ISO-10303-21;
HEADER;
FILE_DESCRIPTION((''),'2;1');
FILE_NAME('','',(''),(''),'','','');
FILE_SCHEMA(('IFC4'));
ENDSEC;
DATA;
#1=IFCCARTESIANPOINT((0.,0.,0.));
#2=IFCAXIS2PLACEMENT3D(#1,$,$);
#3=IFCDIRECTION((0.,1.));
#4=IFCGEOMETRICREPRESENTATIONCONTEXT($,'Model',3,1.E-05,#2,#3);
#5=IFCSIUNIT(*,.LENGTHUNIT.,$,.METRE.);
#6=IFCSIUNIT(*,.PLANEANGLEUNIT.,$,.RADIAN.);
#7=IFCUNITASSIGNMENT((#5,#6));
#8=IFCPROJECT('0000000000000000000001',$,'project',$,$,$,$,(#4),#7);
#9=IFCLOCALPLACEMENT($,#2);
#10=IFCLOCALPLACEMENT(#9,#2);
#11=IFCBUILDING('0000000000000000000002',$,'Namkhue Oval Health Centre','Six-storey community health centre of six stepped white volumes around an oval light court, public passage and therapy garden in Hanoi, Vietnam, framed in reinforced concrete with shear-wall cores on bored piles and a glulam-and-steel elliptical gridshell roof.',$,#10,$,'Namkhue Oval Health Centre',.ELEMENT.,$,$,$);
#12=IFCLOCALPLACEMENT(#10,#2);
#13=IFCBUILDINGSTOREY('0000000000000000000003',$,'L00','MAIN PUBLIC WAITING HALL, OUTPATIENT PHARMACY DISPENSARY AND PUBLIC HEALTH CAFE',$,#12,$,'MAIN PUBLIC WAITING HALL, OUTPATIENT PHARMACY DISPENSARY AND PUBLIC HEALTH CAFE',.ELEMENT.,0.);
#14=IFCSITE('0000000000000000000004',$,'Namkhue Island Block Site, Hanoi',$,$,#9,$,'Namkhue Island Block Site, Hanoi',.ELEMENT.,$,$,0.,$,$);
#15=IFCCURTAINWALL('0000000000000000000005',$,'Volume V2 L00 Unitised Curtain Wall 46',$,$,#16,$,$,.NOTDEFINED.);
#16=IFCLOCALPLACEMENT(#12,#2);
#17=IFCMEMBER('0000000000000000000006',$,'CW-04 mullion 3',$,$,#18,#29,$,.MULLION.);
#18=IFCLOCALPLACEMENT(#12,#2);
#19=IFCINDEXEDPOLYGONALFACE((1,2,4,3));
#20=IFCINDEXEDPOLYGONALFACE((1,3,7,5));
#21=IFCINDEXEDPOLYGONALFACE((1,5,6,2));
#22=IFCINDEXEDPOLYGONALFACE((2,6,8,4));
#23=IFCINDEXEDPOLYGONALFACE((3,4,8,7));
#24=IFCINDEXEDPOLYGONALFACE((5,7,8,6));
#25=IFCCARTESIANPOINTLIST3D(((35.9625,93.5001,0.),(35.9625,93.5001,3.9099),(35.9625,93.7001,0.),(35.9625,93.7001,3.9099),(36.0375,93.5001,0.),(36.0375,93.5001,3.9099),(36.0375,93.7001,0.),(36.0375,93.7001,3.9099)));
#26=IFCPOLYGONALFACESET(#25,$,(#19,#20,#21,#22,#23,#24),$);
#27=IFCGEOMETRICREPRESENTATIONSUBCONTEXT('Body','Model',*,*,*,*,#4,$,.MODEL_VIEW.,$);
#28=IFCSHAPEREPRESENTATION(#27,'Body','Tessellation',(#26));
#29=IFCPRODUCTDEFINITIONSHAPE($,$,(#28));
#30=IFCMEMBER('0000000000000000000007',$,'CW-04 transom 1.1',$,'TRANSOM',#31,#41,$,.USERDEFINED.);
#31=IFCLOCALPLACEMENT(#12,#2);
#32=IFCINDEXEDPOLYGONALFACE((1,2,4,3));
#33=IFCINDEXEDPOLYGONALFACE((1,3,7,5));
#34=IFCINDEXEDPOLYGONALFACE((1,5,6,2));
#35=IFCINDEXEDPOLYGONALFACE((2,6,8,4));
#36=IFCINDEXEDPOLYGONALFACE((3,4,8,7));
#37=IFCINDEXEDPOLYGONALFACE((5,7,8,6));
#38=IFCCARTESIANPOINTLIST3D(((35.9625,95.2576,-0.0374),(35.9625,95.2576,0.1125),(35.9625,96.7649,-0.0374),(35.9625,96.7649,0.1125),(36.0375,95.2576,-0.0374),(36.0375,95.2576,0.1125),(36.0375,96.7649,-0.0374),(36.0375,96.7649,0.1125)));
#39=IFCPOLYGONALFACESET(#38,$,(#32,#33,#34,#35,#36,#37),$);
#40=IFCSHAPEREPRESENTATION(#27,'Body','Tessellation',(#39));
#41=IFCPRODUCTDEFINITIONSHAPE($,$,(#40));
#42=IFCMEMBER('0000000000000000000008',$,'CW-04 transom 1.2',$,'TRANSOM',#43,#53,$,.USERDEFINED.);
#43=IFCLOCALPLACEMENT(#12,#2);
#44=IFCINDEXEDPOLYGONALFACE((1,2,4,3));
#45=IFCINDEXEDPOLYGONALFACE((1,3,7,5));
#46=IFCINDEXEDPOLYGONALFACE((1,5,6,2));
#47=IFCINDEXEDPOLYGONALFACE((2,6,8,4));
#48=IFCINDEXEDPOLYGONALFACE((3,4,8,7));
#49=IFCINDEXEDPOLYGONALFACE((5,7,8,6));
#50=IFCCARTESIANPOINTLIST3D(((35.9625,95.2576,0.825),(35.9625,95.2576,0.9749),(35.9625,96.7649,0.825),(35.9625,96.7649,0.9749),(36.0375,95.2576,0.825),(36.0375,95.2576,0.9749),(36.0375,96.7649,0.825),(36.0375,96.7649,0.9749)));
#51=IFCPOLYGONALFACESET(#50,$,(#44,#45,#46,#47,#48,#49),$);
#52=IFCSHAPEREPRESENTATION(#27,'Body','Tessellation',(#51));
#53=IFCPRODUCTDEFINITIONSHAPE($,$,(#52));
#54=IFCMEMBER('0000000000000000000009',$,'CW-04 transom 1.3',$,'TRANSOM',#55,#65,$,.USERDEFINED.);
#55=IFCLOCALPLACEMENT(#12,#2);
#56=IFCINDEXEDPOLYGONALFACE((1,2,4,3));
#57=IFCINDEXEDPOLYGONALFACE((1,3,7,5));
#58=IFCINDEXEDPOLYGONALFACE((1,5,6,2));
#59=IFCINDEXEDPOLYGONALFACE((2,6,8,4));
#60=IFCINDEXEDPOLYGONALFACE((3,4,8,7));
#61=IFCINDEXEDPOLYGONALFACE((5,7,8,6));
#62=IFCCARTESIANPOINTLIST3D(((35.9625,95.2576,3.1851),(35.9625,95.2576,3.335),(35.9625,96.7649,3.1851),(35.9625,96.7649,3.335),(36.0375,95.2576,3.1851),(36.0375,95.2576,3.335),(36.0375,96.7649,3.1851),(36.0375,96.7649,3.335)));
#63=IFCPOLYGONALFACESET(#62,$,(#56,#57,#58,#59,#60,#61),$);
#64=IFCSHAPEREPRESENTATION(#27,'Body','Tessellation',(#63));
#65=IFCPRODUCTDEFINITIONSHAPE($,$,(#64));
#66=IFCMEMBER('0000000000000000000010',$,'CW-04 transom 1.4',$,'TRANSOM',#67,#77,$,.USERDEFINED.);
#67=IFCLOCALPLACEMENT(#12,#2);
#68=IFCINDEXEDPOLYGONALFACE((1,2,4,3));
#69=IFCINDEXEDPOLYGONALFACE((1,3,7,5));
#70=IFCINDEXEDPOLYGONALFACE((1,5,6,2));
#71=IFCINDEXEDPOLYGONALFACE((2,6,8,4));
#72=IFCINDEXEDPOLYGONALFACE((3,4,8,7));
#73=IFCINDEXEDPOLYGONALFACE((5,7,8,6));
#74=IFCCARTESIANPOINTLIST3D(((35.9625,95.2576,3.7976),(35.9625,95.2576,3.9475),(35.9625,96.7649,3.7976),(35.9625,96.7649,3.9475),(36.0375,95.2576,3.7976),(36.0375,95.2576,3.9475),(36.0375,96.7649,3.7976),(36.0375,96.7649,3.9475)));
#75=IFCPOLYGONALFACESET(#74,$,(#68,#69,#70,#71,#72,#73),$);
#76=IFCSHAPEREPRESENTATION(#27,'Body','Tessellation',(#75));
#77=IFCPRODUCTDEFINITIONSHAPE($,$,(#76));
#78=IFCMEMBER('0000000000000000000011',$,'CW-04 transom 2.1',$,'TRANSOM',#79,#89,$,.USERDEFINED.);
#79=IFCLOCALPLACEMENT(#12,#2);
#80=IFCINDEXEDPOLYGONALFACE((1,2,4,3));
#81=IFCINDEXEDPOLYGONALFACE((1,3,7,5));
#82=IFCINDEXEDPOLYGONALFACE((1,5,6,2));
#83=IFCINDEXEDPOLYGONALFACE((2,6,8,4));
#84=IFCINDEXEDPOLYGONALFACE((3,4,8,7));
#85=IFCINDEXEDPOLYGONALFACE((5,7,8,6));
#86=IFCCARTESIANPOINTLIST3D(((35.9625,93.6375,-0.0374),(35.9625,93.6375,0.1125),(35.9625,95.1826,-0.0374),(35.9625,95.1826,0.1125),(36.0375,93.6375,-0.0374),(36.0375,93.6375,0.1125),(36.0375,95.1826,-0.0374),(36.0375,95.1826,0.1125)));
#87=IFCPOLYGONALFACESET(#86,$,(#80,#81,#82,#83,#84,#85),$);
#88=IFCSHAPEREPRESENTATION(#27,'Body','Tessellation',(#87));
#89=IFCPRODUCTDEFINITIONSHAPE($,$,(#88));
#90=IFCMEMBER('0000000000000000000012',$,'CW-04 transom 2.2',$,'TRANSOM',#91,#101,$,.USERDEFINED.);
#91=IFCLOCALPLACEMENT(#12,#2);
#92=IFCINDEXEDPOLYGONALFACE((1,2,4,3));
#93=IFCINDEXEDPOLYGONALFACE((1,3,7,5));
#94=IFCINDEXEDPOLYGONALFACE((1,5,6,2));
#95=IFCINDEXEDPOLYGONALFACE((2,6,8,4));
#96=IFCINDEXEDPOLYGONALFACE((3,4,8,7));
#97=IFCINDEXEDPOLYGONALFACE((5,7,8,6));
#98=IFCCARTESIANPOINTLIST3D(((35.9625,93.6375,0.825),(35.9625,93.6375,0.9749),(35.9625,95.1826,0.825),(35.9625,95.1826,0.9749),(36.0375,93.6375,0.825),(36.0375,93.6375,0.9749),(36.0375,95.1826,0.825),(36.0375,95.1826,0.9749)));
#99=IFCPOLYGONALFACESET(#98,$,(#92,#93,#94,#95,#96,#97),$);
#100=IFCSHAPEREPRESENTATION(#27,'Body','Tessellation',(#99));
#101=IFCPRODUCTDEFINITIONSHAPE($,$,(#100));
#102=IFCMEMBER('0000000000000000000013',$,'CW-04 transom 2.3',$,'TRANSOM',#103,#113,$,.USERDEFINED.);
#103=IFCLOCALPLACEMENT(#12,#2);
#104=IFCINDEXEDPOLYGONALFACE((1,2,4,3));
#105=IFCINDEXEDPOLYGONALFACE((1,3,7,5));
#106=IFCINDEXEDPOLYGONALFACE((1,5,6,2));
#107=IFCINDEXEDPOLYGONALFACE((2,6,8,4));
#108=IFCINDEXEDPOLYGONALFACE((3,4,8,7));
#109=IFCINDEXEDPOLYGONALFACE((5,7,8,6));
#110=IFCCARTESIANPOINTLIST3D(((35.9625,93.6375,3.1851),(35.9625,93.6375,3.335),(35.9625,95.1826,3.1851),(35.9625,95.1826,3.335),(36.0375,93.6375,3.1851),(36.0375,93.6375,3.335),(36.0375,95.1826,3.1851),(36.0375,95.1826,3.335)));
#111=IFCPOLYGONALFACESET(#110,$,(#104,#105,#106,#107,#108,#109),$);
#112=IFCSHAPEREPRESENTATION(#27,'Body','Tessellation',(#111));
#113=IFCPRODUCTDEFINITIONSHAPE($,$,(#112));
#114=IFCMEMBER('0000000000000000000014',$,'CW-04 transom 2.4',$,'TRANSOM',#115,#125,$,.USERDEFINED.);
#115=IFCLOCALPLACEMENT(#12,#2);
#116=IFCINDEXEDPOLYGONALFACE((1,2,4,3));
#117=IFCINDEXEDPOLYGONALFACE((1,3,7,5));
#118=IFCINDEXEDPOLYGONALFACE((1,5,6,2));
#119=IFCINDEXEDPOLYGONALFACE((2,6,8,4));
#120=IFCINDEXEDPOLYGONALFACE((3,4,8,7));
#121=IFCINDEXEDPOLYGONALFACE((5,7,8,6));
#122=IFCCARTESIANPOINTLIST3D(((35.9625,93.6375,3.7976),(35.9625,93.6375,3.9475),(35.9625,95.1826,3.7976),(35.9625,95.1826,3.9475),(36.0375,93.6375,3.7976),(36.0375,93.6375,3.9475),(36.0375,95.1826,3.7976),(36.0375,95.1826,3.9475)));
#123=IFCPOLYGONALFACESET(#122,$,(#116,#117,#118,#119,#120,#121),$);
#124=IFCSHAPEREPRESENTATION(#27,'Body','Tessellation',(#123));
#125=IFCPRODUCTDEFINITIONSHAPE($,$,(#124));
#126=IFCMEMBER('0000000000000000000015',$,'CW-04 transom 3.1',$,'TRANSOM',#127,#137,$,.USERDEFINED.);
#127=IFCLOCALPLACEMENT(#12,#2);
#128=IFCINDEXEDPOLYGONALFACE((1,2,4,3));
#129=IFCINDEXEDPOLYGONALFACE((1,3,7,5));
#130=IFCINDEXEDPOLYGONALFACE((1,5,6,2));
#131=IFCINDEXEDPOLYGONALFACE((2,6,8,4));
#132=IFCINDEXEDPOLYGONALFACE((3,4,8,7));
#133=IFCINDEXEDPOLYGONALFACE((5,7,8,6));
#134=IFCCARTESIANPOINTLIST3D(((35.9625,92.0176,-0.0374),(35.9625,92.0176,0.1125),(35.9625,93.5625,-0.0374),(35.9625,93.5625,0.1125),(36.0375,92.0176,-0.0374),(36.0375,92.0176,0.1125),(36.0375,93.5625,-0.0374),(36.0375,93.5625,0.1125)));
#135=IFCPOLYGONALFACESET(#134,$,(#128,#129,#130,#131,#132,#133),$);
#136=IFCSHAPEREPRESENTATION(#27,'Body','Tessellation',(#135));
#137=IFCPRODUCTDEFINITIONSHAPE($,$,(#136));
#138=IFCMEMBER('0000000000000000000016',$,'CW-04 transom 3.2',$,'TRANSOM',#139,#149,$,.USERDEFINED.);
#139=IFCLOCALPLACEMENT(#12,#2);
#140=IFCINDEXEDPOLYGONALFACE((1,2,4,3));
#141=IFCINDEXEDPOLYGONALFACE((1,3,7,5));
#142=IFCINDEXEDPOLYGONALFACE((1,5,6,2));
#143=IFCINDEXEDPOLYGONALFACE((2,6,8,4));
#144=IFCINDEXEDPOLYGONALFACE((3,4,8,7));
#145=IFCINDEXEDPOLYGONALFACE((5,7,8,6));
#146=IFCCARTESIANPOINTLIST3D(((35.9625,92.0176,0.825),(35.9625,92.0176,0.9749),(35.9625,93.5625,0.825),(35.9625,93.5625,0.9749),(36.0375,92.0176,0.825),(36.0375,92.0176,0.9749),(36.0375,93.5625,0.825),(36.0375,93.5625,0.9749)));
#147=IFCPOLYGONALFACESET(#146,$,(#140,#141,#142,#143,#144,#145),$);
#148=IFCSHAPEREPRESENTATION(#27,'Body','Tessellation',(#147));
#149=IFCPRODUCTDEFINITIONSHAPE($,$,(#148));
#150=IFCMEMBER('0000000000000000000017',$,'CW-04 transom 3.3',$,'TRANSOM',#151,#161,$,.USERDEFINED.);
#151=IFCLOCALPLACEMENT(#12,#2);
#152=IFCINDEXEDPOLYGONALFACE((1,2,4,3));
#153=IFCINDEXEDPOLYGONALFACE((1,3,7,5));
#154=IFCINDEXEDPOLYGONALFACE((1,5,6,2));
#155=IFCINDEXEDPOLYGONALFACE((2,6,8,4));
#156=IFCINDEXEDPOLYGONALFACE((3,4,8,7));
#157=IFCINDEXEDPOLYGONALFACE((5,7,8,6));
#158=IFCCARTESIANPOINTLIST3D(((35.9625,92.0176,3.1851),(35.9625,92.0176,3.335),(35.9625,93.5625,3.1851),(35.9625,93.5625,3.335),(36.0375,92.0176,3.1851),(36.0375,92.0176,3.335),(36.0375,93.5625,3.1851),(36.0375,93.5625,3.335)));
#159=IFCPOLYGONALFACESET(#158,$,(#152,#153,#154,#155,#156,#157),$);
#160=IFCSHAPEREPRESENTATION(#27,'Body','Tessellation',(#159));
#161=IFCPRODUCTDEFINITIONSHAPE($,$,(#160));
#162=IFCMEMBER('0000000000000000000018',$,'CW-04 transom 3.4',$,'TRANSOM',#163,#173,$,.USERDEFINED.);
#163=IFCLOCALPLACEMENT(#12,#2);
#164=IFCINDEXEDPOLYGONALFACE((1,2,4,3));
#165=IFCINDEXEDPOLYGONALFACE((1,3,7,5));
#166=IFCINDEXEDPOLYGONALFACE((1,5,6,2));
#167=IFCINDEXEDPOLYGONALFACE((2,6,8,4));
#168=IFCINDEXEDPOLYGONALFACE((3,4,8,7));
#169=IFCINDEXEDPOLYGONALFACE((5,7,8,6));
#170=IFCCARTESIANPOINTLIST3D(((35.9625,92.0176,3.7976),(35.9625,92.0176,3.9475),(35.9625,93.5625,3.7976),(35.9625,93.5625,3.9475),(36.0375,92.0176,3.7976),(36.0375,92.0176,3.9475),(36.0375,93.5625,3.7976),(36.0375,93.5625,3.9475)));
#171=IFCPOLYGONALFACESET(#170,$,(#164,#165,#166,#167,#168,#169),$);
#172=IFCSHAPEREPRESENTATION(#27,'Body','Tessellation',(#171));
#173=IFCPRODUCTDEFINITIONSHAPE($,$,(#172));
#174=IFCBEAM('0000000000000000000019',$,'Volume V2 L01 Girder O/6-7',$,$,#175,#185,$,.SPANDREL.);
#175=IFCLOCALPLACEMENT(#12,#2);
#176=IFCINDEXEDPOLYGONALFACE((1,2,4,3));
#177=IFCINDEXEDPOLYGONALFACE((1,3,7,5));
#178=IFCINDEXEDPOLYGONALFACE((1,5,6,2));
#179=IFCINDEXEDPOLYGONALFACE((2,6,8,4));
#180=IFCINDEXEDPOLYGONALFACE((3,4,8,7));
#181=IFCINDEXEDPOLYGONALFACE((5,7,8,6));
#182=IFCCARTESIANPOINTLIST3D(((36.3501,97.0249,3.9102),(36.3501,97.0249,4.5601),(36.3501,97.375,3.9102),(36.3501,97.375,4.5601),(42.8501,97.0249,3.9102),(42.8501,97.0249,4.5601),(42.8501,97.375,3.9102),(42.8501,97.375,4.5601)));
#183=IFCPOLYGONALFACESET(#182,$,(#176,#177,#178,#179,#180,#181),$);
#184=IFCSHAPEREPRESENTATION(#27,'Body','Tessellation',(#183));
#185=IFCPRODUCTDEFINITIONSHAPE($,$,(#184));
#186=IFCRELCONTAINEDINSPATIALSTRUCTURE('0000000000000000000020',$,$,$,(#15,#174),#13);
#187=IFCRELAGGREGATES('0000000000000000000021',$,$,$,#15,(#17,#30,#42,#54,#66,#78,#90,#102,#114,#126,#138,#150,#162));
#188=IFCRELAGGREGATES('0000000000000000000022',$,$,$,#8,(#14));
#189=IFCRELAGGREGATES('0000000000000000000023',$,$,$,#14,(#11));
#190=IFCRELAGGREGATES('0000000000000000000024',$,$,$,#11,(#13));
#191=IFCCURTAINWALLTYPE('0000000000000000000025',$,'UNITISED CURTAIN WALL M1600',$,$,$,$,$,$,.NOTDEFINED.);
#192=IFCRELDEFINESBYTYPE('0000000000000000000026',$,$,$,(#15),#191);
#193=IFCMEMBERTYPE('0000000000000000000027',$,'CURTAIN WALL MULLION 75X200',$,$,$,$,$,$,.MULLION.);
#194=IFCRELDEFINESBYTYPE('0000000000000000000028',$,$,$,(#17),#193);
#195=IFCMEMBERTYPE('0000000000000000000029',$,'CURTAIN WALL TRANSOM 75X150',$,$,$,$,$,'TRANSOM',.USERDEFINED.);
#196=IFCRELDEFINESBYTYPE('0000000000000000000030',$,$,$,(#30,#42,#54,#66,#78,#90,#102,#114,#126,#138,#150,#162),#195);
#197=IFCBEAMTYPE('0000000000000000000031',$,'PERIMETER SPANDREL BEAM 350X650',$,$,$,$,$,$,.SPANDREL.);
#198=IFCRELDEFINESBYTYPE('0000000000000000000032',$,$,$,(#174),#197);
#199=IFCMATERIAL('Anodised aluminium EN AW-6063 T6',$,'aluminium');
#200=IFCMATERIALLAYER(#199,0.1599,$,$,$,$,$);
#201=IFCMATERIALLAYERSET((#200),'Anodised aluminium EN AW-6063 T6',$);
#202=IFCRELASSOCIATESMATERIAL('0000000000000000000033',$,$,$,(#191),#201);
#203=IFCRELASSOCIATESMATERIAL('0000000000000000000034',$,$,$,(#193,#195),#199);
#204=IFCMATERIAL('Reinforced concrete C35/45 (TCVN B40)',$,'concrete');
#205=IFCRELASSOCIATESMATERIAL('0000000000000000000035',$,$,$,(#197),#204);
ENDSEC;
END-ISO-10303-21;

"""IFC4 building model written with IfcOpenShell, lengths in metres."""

from ifc_helpers import new_model, si_unit, direction, frame, origin, origin_2d, place, context, subcontext, project, spatial, rectangle, extrude, material, layer, layer_set, material_profile, profile_set, type_object, element, aggregate, save


model = new_model("IFC4")

# Units and contexts
model_context = context("Model", 3, precision=1e-05, world=origin(), true_north=direction((0.0, 1.0)))
body_context = subcontext(model_context, "Body", "Model", "MODEL_VIEW")
ifc_project = project(units=[si_unit("LENGTHUNIT", "METRE"), si_unit("PLANEANGLEUNIT", "RADIAN")], contexts=[model_context])

# Site, building, storey
site_placement = place(None, origin())
site = spatial("IfcSite", under=ifc_project, at=site_placement, Name="Namkhue Island Block Site, Hanoi", LongName="Namkhue Island Block Site, Hanoi", CompositionType="ELEMENT", RefElevation=0.0)
building_placement = place(site_placement, origin())
building = spatial("IfcBuilding", under=site, at=building_placement, Name="Namkhue Oval Health Centre", Description="Six-storey community health centre of six stepped white volumes around an oval light court, public passage and therapy garden in Hanoi, Vietnam, framed in reinforced concrete with shear-wall cores on bored piles and a glulam-and-steel elliptical gridshell roof.", LongName="Namkhue Oval Health Centre", CompositionType="ELEMENT")
storey_placement = place(building_placement, origin())
storey = spatial("IfcBuildingStorey", under=building, at=storey_placement, Name="L00", Description="MAIN PUBLIC WAITING HALL, OUTPATIENT PHARMACY DISPENSARY AND PUBLIC HEALTH CAFE", LongName="MAIN PUBLIC WAITING HALL, OUTPATIENT PHARMACY DISPENSARY AND PUBLIC HEALTH CAFE", CompositionType="ELEMENT", Elevation=0.0)

# Shared definitions
ifc_material_1 = material(Name="Reinforced concrete C35/45 (TCVN B40)", Category="concrete")

# Shared definitions
ifc_material_2 = material(Name="Anodised aluminium EN AW-6063 T6", Category="aluminium")

# Curtain wall, members
ifc_layer_1 = layer(ifc_material_2, 0.1599)
ifc_layer_set_1 = layer_set([ifc_layer_1], Name="Anodised aluminium EN AW-6063 T6")
curtain_wall_type_1 = type_object("IfcCurtainWallType", Name="UNITISED CURTAIN WALL M1600", PredefinedType="NOTDEFINED", material=ifc_layer_set_1)
curtain_wall_1_placement = place(storey_placement, origin())
curtain_wall_1 = element("IfcCurtainWall", 1, at=curtain_wall_1_placement, inside=storey, type_object=curtain_wall_type_1, Name="Volume V2 L00 Unitised Curtain Wall 46", PredefinedType="NOTDEFINED")
ifc_material_profile_1 = material_profile(ifc_material_2, rectangle(XDim=0.075, YDim=0.2, at=origin_2d()), Name="ALU 75x200")
ifc_profile_set_1 = profile_set([ifc_material_profile_1], Name="Anodised aluminium EN AW-6063 T6")
member_type_1 = type_object("IfcMemberType", Name="CURTAIN WALL MULLION 75X200", PredefinedType="MULLION", material=ifc_profile_set_1)
member_1_placement = place(storey_placement, frame((36.0, 93.6001, 0.0), z_axis=(0.0, 0.0, 1.0), x_axis=(1.0, 0.0, 0.0)))
member_1 = element("IfcMember", 2, at=member_1_placement, type_object=member_type_1, Name="CW-04 mullion 3", PredefinedType="MULLION", context=body_context, shape_type="SweptSolid", body=[
    extrude(rectangle(XDim=0.075, YDim=0.2, at=origin_2d()), origin(), (0.0, 0.0, 1.0), 3.9099),
])
ifc_material_profile_2 = material_profile(ifc_material_2, rectangle(XDim=0.075, YDim=0.1499, at=origin_2d()), Name="ALU 75x150")
ifc_profile_set_2 = profile_set([ifc_material_profile_2], Name="Anodised aluminium EN AW-6063 T6")
member_type_2 = type_object("IfcMemberType", Name="CURTAIN WALL TRANSOM 75X150", ElementType="TRANSOM", PredefinedType="USERDEFINED", material=ifc_profile_set_2)
member_2_placement = place(storey_placement, frame((36.0, 96.7649, 0.0376), z_axis=(0.0, -1.0, 0.0), x_axis=(1.0, 0.0, 0.0)))
member_2 = element("IfcMember", 3, at=member_2_placement, type_object=member_type_2, Name="CW-04 transom 1.1", ObjectType="TRANSOM", PredefinedType="USERDEFINED", context=body_context, shape_type="SweptSolid", body=[
    extrude(rectangle(XDim=0.075, YDim=0.1499, at=origin_2d()), origin(), (0.0, 0.0, 1.0), 1.5073),
])
member_3_placement = place(storey_placement, frame((36.0, 96.7649, 0.8999), z_axis=(0.0, -1.0, 0.0), x_axis=(1.0, 0.0, 0.0)))
member_3 = element("IfcMember", 4, at=member_3_placement, type_object=member_type_2, Name="CW-04 transom 1.2", ObjectType="TRANSOM", PredefinedType="USERDEFINED", context=body_context, shape_type="SweptSolid", body=[
    extrude(rectangle(XDim=0.075, YDim=0.1499, at=origin_2d()), origin(), (0.0, 0.0, 1.0), 1.5073),
])
member_4_placement = place(storey_placement, frame((36.0, 96.7649, 3.26), z_axis=(0.0, -1.0, 0.0), x_axis=(1.0, 0.0, 0.0)))
member_4 = element("IfcMember", 5, at=member_4_placement, type_object=member_type_2, Name="CW-04 transom 1.3", ObjectType="TRANSOM", PredefinedType="USERDEFINED", context=body_context, shape_type="SweptSolid", body=[
    extrude(rectangle(XDim=0.075, YDim=0.1499, at=origin_2d()), origin(), (0.0, 0.0, 1.0), 1.5073),
])
member_5_placement = place(storey_placement, frame((36.0, 96.7649, 3.8726), z_axis=(0.0, -1.0, 0.0), x_axis=(1.0, 0.0, 0.0)))
member_5 = element("IfcMember", 6, at=member_5_placement, type_object=member_type_2, Name="CW-04 transom 1.4", ObjectType="TRANSOM", PredefinedType="USERDEFINED", context=body_context, shape_type="SweptSolid", body=[
    extrude(rectangle(XDim=0.075, YDim=0.1499, at=origin_2d()), origin(), (0.0, 0.0, 1.0), 1.5073),
])
member_6_placement = place(storey_placement, frame((36.0, 95.1826, 0.0376), z_axis=(0.0, -1.0, 0.0), x_axis=(1.0, 0.0, 0.0)))
member_6 = element("IfcMember", 7, at=member_6_placement, type_object=member_type_2, Name="CW-04 transom 2.1", ObjectType="TRANSOM", PredefinedType="USERDEFINED", context=body_context, shape_type="SweptSolid", body=[
    extrude(rectangle(XDim=0.075, YDim=0.1499, at=origin_2d()), origin(), (0.0, 0.0, 1.0), 1.5452),
])
member_7_placement = place(storey_placement, frame((36.0, 95.1826, 0.8999), z_axis=(0.0, -1.0, 0.0), x_axis=(1.0, 0.0, 0.0)))
member_7 = element("IfcMember", 8, at=member_7_placement, type_object=member_type_2, Name="CW-04 transom 2.2", ObjectType="TRANSOM", PredefinedType="USERDEFINED", context=body_context, shape_type="SweptSolid", body=[
    extrude(rectangle(XDim=0.075, YDim=0.1499, at=origin_2d()), origin(), (0.0, 0.0, 1.0), 1.5452),
])
member_8_placement = place(storey_placement, frame((36.0, 95.1826, 3.26), z_axis=(0.0, -1.0, 0.0), x_axis=(1.0, 0.0, 0.0)))
member_8 = element("IfcMember", 9, at=member_8_placement, type_object=member_type_2, Name="CW-04 transom 2.3", ObjectType="TRANSOM", PredefinedType="USERDEFINED", context=body_context, shape_type="SweptSolid", body=[
    extrude(rectangle(XDim=0.075, YDim=0.1499, at=origin_2d()), origin(), (0.0, 0.0, 1.0), 1.5452),
])
member_9_placement = place(storey_placement, frame((36.0, 95.1826, 3.8726), z_axis=(0.0, -1.0, 0.0), x_axis=(1.0, 0.0, 0.0)))
member_9 = element("IfcMember", 10, at=member_9_placement, type_object=member_type_2, Name="CW-04 transom 2.4", ObjectType="TRANSOM", PredefinedType="USERDEFINED", context=body_context, shape_type="SweptSolid", body=[
    extrude(rectangle(XDim=0.075, YDim=0.1499, at=origin_2d()), origin(), (0.0, 0.0, 1.0), 1.5452),
])
member_10_placement = place(storey_placement, frame((36.0, 93.5625, 0.0376), z_axis=(0.0, -1.0, 0.0), x_axis=(1.0, 0.0, 0.0)))
member_10 = element("IfcMember", 11, at=member_10_placement, type_object=member_type_2, Name="CW-04 transom 3.1", ObjectType="TRANSOM", PredefinedType="USERDEFINED", context=body_context, shape_type="SweptSolid", body=[
    extrude(rectangle(XDim=0.075, YDim=0.1499, at=origin_2d()), origin(), (0.0, 0.0, 1.0), 1.5449),
])
member_11_placement = place(storey_placement, frame((36.0, 93.5625, 0.8999), z_axis=(0.0, -1.0, 0.0), x_axis=(1.0, 0.0, 0.0)))
member_11 = element("IfcMember", 12, at=member_11_placement, type_object=member_type_2, Name="CW-04 transom 3.2", ObjectType="TRANSOM", PredefinedType="USERDEFINED", context=body_context, shape_type="SweptSolid", body=[
    extrude(rectangle(XDim=0.075, YDim=0.1499, at=origin_2d()), origin(), (0.0, 0.0, 1.0), 1.5449),
])
member_12_placement = place(storey_placement, frame((36.0, 93.5625, 3.26), z_axis=(0.0, -1.0, 0.0), x_axis=(1.0, 0.0, 0.0)))
member_12 = element("IfcMember", 13, at=member_12_placement, type_object=member_type_2, Name="CW-04 transom 3.3", ObjectType="TRANSOM", PredefinedType="USERDEFINED", context=body_context, shape_type="SweptSolid", body=[
    extrude(rectangle(XDim=0.075, YDim=0.1499, at=origin_2d()), origin(), (0.0, 0.0, 1.0), 1.5449),
])
member_13_placement = place(storey_placement, frame((36.0, 93.5625, 3.8726), z_axis=(0.0, -1.0, 0.0), x_axis=(1.0, 0.0, 0.0)))
member_13 = element("IfcMember", 14, at=member_13_placement, type_object=member_type_2, Name="CW-04 transom 3.4", ObjectType="TRANSOM", PredefinedType="USERDEFINED", context=body_context, shape_type="SweptSolid", body=[
    extrude(rectangle(XDim=0.075, YDim=0.1499, at=origin_2d()), origin(), (0.0, 0.0, 1.0), 1.5449),
])

# Beam
ifc_material_profile_3 = material_profile(ifc_material_1, rectangle(XDim=0.3501, YDim=0.6499, at=origin_2d()), Name="RC 350x650")
ifc_profile_set_3 = profile_set([ifc_material_profile_3], Name="Reinforced concrete C35/45 (TCVN B40)")
beam_type_1 = type_object("IfcBeamType", Name="PERIMETER SPANDREL BEAM 350X650", PredefinedType="SPANDREL", material=ifc_profile_set_3)
beam_1_placement = place(storey_placement, frame((36.3501, 97.2, 4.2351), z_axis=(1.0, 0.0, 0.0), x_axis=(0.0, 1.0, 0.0)))
element("IfcBeam", 15, at=beam_1_placement, inside=storey, type_object=beam_type_1, Name="Volume V2 L01 Girder O/6-7", PredefinedType="SPANDREL", context=body_context, shape_type="SweptSolid", body=[
    extrude(rectangle(XDim=0.3501, YDim=0.6499, at=origin_2d()), origin(), (0.0, 0.0, 1.0), 6.5),
])

aggregate(curtain_wall_1, [member_1, member_2, member_3, member_4, member_5, member_6, member_7, member_8, member_9, member_10, member_11, member_12, member_13])

save(model, "model.ifc")
